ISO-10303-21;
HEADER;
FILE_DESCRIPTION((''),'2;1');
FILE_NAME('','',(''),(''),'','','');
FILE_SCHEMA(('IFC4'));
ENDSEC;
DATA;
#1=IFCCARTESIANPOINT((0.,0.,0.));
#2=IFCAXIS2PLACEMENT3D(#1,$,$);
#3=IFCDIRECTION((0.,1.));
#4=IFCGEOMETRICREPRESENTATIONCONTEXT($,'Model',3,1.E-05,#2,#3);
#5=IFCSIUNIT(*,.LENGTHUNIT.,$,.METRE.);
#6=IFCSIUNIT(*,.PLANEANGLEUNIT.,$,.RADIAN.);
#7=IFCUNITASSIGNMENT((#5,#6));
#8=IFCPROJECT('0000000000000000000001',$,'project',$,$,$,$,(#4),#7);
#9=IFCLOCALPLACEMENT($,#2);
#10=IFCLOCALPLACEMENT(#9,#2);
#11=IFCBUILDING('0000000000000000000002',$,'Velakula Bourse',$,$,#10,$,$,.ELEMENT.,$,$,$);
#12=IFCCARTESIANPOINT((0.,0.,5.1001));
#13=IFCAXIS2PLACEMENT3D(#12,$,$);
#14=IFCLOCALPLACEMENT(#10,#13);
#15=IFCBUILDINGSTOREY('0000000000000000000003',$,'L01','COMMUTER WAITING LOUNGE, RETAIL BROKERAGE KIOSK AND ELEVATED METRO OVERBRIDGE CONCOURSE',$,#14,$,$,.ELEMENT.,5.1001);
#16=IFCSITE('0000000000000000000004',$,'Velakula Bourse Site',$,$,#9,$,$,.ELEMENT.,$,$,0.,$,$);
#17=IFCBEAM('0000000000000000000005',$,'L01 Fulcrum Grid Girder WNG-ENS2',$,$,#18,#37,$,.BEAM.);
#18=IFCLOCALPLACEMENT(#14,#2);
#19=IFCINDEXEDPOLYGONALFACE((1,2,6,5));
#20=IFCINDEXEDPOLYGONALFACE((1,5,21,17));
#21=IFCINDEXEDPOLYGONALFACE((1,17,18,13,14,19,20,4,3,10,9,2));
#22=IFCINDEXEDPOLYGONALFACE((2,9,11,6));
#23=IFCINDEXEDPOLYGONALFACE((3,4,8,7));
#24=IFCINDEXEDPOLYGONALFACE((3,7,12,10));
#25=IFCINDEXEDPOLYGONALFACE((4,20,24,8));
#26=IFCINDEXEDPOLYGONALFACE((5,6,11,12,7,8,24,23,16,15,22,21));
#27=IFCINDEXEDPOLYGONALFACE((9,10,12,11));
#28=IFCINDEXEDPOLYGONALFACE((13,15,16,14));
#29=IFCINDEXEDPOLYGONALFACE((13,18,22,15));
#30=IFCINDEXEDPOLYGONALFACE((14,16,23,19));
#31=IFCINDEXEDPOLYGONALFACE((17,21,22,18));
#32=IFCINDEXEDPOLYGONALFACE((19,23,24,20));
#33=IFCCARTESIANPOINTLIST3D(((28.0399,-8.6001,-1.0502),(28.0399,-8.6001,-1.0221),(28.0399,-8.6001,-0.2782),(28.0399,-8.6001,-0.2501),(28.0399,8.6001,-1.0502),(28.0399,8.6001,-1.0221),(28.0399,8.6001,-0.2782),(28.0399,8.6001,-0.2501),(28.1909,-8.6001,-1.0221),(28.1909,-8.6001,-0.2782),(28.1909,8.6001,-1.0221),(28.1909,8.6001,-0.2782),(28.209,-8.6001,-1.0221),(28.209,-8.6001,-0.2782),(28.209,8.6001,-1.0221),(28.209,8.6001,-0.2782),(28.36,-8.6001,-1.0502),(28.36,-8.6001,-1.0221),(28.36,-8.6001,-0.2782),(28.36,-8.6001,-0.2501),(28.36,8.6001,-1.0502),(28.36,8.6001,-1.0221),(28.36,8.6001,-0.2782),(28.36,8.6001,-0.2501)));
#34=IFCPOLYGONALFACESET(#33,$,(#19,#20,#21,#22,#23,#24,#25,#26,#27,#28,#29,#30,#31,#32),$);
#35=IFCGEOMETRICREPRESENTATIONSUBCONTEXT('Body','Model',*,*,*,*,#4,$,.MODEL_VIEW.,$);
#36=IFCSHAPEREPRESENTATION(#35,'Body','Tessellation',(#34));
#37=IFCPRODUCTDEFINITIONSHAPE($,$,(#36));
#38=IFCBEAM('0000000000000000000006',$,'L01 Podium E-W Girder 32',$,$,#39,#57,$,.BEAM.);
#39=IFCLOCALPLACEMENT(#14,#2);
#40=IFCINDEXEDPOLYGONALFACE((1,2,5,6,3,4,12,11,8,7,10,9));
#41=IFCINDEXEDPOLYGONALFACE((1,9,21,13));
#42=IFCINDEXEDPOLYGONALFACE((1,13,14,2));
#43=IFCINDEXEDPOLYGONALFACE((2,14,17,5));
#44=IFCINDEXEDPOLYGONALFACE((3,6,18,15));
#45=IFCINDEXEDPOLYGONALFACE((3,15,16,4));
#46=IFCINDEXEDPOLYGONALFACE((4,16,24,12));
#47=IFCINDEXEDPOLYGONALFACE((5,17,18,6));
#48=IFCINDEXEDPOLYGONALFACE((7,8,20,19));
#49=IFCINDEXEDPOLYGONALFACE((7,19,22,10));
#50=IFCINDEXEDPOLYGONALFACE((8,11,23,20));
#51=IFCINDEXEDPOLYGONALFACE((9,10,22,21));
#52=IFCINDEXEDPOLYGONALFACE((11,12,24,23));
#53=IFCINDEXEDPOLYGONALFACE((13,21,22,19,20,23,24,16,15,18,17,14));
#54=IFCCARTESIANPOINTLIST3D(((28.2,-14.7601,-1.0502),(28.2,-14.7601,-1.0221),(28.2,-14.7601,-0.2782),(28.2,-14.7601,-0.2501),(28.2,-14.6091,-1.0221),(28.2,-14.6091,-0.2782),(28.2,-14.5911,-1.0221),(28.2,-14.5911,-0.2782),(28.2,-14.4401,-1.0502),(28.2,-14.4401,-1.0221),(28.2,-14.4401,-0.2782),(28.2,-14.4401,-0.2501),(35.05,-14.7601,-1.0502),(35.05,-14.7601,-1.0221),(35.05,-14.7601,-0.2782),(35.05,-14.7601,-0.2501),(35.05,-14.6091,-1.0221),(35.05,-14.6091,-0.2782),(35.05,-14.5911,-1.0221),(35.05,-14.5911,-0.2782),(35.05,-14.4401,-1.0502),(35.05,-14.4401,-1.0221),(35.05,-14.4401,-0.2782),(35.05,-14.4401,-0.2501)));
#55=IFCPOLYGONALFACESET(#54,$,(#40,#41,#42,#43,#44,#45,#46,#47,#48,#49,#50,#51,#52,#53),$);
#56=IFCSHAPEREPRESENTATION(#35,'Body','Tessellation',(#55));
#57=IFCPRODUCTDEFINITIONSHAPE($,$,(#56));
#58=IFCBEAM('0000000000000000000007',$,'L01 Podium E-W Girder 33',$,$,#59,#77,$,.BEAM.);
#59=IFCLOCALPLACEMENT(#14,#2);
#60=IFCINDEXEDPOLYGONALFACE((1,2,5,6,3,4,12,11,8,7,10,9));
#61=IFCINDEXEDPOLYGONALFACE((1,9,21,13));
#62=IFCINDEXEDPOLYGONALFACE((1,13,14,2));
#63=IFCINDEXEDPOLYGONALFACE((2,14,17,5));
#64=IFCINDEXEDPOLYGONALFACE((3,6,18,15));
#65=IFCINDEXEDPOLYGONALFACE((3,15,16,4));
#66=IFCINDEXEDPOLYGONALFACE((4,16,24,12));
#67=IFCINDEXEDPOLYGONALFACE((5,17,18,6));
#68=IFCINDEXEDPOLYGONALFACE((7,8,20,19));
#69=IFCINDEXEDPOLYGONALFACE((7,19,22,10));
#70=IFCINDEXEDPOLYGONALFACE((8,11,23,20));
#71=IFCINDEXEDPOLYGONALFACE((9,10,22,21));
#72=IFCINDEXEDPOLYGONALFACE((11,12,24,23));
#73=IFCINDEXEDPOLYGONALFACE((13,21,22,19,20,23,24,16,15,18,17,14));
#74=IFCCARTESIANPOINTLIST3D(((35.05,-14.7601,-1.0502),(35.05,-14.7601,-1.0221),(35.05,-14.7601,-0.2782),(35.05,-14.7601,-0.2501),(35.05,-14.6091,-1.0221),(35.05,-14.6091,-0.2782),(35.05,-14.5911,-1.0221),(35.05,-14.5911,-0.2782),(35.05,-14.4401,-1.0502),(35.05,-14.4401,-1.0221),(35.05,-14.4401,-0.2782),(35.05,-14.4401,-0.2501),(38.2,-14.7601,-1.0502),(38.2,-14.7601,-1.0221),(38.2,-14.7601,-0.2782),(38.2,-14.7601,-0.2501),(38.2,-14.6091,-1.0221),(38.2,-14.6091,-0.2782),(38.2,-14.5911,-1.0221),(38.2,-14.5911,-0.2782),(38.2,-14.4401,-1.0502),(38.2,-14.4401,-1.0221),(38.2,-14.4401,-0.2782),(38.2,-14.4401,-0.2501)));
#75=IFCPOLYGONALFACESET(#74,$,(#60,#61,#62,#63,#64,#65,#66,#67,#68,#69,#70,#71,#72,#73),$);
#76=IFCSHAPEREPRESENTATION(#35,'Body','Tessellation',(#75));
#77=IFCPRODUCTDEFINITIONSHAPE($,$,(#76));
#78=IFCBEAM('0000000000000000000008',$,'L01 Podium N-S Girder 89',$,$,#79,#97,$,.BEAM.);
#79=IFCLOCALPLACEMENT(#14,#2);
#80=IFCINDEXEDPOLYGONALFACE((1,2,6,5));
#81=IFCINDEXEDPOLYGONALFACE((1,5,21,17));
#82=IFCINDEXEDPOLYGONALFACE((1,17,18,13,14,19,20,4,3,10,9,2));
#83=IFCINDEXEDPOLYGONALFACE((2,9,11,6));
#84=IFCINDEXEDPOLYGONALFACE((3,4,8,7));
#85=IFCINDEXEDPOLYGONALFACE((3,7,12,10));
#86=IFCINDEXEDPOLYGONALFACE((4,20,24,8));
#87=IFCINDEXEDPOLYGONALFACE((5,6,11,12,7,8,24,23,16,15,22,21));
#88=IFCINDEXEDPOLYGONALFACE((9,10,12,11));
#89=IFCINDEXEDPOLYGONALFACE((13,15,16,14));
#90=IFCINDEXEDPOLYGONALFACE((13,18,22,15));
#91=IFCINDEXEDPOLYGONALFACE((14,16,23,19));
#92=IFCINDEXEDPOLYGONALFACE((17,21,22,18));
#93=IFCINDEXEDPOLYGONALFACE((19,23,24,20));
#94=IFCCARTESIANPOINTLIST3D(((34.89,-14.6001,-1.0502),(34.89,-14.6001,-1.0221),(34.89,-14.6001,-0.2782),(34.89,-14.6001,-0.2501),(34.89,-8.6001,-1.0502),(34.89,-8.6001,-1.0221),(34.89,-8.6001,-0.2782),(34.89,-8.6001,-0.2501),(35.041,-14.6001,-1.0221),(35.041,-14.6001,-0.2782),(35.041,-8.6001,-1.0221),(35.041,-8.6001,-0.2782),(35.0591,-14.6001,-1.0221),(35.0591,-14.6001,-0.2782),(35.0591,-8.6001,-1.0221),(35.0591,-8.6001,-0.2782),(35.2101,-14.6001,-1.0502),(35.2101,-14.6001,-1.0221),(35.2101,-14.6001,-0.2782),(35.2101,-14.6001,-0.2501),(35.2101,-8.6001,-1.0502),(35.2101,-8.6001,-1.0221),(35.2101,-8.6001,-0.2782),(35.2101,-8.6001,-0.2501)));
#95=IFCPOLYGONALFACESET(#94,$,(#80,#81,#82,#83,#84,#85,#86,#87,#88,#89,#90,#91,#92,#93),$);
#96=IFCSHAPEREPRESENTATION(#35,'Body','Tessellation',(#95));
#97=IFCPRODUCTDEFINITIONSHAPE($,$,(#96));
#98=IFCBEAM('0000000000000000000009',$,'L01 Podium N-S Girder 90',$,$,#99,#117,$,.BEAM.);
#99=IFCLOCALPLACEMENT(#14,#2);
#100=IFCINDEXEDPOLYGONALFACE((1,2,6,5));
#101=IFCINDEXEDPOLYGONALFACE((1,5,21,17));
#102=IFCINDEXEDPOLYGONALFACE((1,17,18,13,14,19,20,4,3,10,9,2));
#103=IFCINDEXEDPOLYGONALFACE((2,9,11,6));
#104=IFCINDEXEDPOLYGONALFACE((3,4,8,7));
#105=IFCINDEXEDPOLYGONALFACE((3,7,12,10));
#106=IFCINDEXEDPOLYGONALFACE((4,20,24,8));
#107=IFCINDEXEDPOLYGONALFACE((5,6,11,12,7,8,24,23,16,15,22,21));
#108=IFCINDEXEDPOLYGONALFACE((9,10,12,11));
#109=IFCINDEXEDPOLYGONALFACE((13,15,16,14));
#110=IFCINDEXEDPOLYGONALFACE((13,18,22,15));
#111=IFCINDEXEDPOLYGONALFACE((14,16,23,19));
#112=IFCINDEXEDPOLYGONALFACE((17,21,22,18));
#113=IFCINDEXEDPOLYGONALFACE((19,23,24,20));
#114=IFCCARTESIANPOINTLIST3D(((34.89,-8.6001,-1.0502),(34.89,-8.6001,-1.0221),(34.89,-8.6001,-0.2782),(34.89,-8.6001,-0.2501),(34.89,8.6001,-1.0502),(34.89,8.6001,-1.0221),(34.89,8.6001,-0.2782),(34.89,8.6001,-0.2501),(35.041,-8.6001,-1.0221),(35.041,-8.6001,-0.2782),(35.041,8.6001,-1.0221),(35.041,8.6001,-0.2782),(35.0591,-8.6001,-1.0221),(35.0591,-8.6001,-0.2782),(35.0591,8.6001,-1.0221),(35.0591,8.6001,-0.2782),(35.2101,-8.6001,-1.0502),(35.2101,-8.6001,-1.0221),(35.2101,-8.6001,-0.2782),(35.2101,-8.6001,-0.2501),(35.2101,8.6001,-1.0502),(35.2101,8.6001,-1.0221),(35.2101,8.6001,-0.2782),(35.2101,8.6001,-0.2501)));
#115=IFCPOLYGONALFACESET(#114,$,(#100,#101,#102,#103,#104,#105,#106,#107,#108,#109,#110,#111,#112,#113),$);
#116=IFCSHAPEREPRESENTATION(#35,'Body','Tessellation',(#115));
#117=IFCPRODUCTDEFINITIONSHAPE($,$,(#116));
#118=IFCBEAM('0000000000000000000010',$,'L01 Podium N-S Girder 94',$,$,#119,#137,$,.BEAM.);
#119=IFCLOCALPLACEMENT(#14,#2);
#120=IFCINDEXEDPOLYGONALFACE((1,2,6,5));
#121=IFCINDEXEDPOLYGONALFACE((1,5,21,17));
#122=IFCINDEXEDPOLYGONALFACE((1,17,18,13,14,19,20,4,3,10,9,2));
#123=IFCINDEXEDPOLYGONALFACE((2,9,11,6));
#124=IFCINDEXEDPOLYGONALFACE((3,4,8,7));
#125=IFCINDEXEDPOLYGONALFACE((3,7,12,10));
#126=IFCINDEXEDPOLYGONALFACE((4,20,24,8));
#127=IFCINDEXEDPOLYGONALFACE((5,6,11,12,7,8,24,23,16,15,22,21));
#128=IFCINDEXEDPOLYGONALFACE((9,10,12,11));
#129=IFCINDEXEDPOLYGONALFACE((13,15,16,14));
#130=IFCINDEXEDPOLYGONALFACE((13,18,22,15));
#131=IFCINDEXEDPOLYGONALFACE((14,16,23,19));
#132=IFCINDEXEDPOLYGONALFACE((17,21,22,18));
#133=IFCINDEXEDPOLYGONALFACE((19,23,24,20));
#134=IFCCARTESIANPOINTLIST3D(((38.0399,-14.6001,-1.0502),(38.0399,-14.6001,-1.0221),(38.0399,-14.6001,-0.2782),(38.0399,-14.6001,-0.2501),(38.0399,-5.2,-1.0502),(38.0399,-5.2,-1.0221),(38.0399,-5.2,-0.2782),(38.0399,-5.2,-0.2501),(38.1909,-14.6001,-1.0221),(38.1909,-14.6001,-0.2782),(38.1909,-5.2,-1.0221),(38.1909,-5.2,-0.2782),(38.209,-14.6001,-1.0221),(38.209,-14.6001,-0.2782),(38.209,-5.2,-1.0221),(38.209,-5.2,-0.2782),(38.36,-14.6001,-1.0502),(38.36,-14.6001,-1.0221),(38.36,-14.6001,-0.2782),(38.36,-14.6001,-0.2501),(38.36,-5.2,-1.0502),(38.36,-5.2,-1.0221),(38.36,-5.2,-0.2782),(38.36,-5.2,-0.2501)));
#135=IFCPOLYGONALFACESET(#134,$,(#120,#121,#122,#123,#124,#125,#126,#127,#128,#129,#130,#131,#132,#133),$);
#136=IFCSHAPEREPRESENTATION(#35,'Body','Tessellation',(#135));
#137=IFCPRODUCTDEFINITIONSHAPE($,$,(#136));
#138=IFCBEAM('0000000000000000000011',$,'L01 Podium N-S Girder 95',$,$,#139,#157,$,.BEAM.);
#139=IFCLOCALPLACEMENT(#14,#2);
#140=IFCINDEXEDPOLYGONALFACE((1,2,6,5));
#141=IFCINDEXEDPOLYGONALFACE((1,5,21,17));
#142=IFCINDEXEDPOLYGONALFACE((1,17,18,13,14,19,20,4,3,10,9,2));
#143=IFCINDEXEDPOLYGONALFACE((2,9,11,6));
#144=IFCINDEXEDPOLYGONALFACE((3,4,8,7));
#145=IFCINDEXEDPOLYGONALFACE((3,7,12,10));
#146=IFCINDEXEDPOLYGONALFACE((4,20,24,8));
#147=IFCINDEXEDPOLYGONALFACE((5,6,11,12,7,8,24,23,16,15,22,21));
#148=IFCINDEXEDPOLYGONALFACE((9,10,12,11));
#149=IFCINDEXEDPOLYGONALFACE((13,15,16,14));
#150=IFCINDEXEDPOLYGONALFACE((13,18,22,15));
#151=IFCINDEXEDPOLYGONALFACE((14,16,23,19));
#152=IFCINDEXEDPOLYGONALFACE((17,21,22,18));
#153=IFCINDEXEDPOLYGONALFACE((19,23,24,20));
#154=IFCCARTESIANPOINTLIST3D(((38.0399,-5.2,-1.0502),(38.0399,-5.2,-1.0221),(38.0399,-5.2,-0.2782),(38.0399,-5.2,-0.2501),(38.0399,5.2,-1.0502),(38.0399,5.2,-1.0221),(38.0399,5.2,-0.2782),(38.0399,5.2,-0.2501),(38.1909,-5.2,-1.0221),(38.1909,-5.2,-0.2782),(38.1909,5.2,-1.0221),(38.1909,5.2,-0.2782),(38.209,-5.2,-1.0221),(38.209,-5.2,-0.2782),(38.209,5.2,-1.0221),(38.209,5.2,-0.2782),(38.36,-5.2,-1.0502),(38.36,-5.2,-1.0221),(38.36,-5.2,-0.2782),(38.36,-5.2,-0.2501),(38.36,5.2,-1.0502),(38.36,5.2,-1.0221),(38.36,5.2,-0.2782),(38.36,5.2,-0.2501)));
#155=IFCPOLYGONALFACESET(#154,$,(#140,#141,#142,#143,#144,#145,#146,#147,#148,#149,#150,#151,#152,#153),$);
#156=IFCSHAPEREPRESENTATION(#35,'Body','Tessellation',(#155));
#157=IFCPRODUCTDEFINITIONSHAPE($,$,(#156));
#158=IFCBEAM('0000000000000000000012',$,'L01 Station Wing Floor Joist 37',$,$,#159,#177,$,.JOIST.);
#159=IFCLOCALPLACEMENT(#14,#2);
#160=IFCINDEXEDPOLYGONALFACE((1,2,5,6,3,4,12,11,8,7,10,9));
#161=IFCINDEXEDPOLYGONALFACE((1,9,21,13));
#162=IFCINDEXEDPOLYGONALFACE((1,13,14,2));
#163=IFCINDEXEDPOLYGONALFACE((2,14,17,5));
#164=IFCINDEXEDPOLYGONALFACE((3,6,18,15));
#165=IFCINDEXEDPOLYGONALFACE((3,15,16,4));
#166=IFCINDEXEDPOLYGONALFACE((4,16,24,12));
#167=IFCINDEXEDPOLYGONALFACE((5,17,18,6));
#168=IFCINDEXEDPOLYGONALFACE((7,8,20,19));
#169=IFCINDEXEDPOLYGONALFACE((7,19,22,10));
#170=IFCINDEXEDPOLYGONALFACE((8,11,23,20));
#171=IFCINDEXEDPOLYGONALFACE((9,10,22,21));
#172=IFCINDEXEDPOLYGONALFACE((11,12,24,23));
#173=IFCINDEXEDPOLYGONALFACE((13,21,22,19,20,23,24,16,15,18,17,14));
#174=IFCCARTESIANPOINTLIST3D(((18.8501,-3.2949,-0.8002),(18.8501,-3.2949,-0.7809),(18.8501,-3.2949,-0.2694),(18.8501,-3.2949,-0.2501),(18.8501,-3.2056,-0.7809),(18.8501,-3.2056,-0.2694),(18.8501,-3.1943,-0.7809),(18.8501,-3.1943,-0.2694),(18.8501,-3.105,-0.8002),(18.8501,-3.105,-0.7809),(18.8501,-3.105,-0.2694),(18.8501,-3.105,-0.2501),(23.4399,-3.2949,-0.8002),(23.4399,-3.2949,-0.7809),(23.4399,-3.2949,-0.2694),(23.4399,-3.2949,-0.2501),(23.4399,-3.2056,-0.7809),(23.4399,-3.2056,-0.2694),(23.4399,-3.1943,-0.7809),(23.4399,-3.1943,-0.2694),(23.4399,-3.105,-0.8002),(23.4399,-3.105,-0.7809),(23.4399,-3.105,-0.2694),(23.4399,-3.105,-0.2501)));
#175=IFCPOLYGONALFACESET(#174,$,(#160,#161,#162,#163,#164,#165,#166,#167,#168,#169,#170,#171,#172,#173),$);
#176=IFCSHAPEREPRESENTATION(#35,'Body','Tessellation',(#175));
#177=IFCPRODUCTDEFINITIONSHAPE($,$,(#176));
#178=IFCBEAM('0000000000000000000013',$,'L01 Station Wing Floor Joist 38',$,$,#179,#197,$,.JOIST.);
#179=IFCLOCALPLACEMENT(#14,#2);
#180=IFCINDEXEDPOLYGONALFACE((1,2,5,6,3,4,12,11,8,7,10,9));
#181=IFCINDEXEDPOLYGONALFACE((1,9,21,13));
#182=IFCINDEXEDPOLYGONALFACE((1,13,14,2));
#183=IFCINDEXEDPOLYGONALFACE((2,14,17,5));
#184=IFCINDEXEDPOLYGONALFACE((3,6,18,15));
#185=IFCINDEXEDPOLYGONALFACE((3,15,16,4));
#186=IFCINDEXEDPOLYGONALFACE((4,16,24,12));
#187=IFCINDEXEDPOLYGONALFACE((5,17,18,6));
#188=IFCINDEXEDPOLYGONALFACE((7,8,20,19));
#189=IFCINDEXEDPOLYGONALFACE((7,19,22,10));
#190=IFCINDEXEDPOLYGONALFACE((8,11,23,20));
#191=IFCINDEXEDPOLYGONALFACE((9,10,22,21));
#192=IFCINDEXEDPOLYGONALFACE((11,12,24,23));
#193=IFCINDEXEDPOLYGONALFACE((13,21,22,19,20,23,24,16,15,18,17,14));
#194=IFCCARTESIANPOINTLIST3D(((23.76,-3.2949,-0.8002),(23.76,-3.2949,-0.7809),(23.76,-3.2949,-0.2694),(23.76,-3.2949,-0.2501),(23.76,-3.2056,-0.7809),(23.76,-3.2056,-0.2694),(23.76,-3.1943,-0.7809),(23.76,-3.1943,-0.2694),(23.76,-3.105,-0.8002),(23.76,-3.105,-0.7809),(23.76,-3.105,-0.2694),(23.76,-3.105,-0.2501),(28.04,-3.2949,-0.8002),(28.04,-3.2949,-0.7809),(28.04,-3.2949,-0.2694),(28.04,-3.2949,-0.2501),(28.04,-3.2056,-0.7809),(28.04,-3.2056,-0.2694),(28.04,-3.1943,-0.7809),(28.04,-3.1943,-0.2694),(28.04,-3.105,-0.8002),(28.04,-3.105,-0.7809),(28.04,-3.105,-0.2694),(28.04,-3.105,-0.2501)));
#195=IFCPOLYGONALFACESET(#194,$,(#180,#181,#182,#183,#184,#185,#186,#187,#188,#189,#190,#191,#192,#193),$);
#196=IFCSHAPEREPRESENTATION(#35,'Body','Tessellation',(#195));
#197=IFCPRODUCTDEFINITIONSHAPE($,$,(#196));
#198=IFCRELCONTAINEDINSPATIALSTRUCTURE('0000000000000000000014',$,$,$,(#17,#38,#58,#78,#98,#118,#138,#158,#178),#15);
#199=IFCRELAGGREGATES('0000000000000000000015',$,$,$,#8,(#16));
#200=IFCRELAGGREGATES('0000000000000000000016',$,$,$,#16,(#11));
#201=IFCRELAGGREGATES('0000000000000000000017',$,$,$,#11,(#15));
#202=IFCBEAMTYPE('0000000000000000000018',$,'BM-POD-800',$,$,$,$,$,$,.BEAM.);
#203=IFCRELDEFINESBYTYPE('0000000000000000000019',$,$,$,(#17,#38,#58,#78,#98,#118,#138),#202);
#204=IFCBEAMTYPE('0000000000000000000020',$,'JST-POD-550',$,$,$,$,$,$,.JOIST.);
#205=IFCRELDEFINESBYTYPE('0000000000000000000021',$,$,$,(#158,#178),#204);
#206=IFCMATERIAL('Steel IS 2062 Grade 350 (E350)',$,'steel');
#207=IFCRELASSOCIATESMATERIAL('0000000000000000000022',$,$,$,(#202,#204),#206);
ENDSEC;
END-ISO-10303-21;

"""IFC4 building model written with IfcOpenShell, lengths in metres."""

from ifc_helpers import new_model, si_unit, direction, frame, origin, origin_2d, place, context, subcontext, project, spatial, i_section, extrude, material, material_profile, profile_set, type_object, element, save


model = new_model("IFC4")

# Units and contexts
model_context = context("Model", 3, precision=1e-05, world=origin(), true_north=direction((0.0, 1.0)))
body_context = subcontext(model_context, "Body", "Model", "MODEL_VIEW")
ifc_project = project(units=[si_unit("LENGTHUNIT", "METRE"), si_unit("PLANEANGLEUNIT", "RADIAN")], contexts=[model_context])

# Site, building, storey
site_placement = place(None, origin())
site = spatial("IfcSite", under=ifc_project, at=site_placement, Name="Velakula Bourse Site", CompositionType="ELEMENT", RefElevation=0.0)
building_placement = place(site_placement, origin())
building = spatial("IfcBuilding", under=site, at=building_placement, Name="Velakula Bourse", CompositionType="ELEMENT")
storey_placement = place(building_placement, frame((0.0, 0.0, 5.1001)))
storey = spatial("IfcBuildingStorey", under=building, at=storey_placement, Name="L01", Description="COMMUTER WAITING LOUNGE, RETAIL BROKERAGE KIOSK AND ELEVATED METRO OVERBRIDGE CONCOURSE", CompositionType="ELEMENT", Elevation=5.1001)

# Beams
ifc_material_1 = material(Name="Steel IS 2062 Grade 350 (E350)", Category="steel")
ifc_material_profile_1 = material_profile(ifc_material_1, i_section(OverallWidth=0.3201, OverallDepth=0.8, WebThickness=0.0181, FlangeThickness=0.0281, at=origin_2d()), Name="Steel IS 2062 Grade 350 (E350)")
ifc_profile_set_1 = profile_set([ifc_material_profile_1], Name="Steel IS 2062 Grade 350 (E350)")
beam_type_1 = type_object("IfcBeamType", Name="BM-POD-800", PredefinedType="BEAM", material=ifc_profile_set_1)
beam_1_placement = place(storey_placement, frame((28.2, -8.6001, -0.6501), z_axis=(0.0, 1.0, 0.0), x_axis=(-1.0, 0.0, 0.0)))
element("IfcBeam", 1, at=beam_1_placement, inside=storey, type_object=beam_type_1, Name="L01 Fulcrum Grid Girder WNG-ENS2", PredefinedType="BEAM", context=body_context, shape_type="SweptSolid", body=[
    extrude(i_section(OverallWidth=0.3201, OverallDepth=0.8, WebThickness=0.0181, FlangeThickness=0.0281, at=origin_2d()), origin(), (0.0, 0.0, 1.0), 17.2002),
])
beam_2_placement = place(storey_placement, frame((28.2, -14.6001, -0.6501), z_axis=(1.0, 0.0, 0.0), x_axis=(0.0, 1.0, 0.0)))
element("IfcBeam", 2, at=beam_2_placement, inside=storey, type_object=beam_type_1, Name="L01 Podium E-W Girder 32", PredefinedType="BEAM", context=body_context, shape_type="SweptSolid", body=[
    extrude(i_section(OverallWidth=0.3201, OverallDepth=0.8, WebThickness=0.0181, FlangeThickness=0.0281, at=origin_2d()), origin(), (0.0, 0.0, 1.0), 6.8501),
])
beam_3_placement = place(storey_placement, frame((35.05, -14.6001, -0.6501), z_axis=(1.0, 0.0, 0.0), x_axis=(0.0, 1.0, 0.0)))
element("IfcBeam", 3, at=beam_3_placement, inside=storey, type_object=beam_type_1, Name="L01 Podium E-W Girder 33", PredefinedType="BEAM", context=body_context, shape_type="SweptSolid", body=[
    extrude(i_section(OverallWidth=0.3201, OverallDepth=0.8, WebThickness=0.0181, FlangeThickness=0.0281, at=origin_2d()), origin(), (0.0, 0.0, 1.0), 3.1499),
])
beam_4_placement = place(storey_placement, frame((35.05, -14.6001, -0.6501), z_axis=(0.0, 1.0, 0.0), x_axis=(-1.0, 0.0, 0.0)))
element("IfcBeam", 4, at=beam_4_placement, inside=storey, type_object=beam_type_1, Name="L01 Podium N-S Girder 89", PredefinedType="BEAM", context=body_context, shape_type="SweptSolid", body=[
    extrude(i_section(OverallWidth=0.3201, OverallDepth=0.8, WebThickness=0.0181, FlangeThickness=0.0281, at=origin_2d()), origin(), (0.0, 0.0, 1.0), 6.0),
])
beam_5_placement = place(storey_placement, frame((35.05, -8.6001, -0.6501), z_axis=(0.0, 1.0, 0.0), x_axis=(-1.0, 0.0, 0.0)))
element("IfcBeam", 5, at=beam_5_placement, inside=storey, type_object=beam_type_1, Name="L01 Podium N-S Girder 90", PredefinedType="BEAM", context=body_context, shape_type="SweptSolid", body=[
    extrude(i_section(OverallWidth=0.3201, OverallDepth=0.8, WebThickness=0.0181, FlangeThickness=0.0281, at=origin_2d()), origin(), (0.0, 0.0, 1.0), 17.2002),
])
beam_6_placement = place(storey_placement, frame((38.2, -14.6001, -0.6501), z_axis=(0.0, 1.0, 0.0), x_axis=(-1.0, 0.0, 0.0)))
element("IfcBeam", 6, at=beam_6_placement, inside=storey, type_object=beam_type_1, Name="L01 Podium N-S Girder 94", PredefinedType="BEAM", context=body_context, shape_type="SweptSolid", body=[
    extrude(i_section(OverallWidth=0.3201, OverallDepth=0.8, WebThickness=0.0181, FlangeThickness=0.0281, at=origin_2d()), origin(), (0.0, 0.0, 1.0), 9.4001),
])
beam_7_placement = place(storey_placement, frame((38.2, -5.2, -0.6501), z_axis=(0.0, 1.0, 0.0), x_axis=(-1.0, 0.0, 0.0)))
element("IfcBeam", 7, at=beam_7_placement, inside=storey, type_object=beam_type_1, Name="L01 Podium N-S Girder 95", PredefinedType="BEAM", context=body_context, shape_type="SweptSolid", body=[
    extrude(i_section(OverallWidth=0.3201, OverallDepth=0.8, WebThickness=0.0181, FlangeThickness=0.0281, at=origin_2d()), origin(), (0.0, 0.0, 1.0), 10.3999),
])
ifc_material_profile_2 = material_profile(ifc_material_1, i_section(OverallWidth=0.1899, OverallDepth=0.55, WebThickness=0.0112, FlangeThickness=0.0193, at=origin_2d()), Name="Steel IS 2062 Grade 350 (E350)")
ifc_profile_set_2 = profile_set([ifc_material_profile_2], Name="Steel IS 2062 Grade 350 (E350)")
beam_type_2 = type_object("IfcBeamType", Name="JST-POD-550", PredefinedType="JOIST", material=ifc_profile_set_2)
beam_8_placement = place(storey_placement, frame((18.8501, -3.2, -0.5251), z_axis=(1.0, 0.0, 0.0), x_axis=(0.0, 1.0, 0.0)))
element("IfcBeam", 8, at=beam_8_placement, inside=storey, type_object=beam_type_2, Name="L01 Station Wing Floor Joist 37", PredefinedType="JOIST", context=body_context, shape_type="SweptSolid", body=[
    extrude(i_section(OverallWidth=0.1899, OverallDepth=0.55, WebThickness=0.0112, FlangeThickness=0.0193, at=origin_2d()), origin(), (0.0, 0.0, 1.0), 4.5898),
])
beam_9_placement = place(storey_placement, frame((23.76, -3.2, -0.5251), z_axis=(1.0, 0.0, 0.0), x_axis=(0.0, 1.0, 0.0)))
element("IfcBeam", 9, at=beam_9_placement, inside=storey, type_object=beam_type_2, Name="L01 Station Wing Floor Joist 38", PredefinedType="JOIST", context=body_context, shape_type="SweptSolid", body=[
    extrude(i_section(OverallWidth=0.1899, OverallDepth=0.55, WebThickness=0.0112, FlangeThickness=0.0193, at=origin_2d()), origin(), (0.0, 0.0, 1.0), 4.28),
])

save(model, "model.ifc")
